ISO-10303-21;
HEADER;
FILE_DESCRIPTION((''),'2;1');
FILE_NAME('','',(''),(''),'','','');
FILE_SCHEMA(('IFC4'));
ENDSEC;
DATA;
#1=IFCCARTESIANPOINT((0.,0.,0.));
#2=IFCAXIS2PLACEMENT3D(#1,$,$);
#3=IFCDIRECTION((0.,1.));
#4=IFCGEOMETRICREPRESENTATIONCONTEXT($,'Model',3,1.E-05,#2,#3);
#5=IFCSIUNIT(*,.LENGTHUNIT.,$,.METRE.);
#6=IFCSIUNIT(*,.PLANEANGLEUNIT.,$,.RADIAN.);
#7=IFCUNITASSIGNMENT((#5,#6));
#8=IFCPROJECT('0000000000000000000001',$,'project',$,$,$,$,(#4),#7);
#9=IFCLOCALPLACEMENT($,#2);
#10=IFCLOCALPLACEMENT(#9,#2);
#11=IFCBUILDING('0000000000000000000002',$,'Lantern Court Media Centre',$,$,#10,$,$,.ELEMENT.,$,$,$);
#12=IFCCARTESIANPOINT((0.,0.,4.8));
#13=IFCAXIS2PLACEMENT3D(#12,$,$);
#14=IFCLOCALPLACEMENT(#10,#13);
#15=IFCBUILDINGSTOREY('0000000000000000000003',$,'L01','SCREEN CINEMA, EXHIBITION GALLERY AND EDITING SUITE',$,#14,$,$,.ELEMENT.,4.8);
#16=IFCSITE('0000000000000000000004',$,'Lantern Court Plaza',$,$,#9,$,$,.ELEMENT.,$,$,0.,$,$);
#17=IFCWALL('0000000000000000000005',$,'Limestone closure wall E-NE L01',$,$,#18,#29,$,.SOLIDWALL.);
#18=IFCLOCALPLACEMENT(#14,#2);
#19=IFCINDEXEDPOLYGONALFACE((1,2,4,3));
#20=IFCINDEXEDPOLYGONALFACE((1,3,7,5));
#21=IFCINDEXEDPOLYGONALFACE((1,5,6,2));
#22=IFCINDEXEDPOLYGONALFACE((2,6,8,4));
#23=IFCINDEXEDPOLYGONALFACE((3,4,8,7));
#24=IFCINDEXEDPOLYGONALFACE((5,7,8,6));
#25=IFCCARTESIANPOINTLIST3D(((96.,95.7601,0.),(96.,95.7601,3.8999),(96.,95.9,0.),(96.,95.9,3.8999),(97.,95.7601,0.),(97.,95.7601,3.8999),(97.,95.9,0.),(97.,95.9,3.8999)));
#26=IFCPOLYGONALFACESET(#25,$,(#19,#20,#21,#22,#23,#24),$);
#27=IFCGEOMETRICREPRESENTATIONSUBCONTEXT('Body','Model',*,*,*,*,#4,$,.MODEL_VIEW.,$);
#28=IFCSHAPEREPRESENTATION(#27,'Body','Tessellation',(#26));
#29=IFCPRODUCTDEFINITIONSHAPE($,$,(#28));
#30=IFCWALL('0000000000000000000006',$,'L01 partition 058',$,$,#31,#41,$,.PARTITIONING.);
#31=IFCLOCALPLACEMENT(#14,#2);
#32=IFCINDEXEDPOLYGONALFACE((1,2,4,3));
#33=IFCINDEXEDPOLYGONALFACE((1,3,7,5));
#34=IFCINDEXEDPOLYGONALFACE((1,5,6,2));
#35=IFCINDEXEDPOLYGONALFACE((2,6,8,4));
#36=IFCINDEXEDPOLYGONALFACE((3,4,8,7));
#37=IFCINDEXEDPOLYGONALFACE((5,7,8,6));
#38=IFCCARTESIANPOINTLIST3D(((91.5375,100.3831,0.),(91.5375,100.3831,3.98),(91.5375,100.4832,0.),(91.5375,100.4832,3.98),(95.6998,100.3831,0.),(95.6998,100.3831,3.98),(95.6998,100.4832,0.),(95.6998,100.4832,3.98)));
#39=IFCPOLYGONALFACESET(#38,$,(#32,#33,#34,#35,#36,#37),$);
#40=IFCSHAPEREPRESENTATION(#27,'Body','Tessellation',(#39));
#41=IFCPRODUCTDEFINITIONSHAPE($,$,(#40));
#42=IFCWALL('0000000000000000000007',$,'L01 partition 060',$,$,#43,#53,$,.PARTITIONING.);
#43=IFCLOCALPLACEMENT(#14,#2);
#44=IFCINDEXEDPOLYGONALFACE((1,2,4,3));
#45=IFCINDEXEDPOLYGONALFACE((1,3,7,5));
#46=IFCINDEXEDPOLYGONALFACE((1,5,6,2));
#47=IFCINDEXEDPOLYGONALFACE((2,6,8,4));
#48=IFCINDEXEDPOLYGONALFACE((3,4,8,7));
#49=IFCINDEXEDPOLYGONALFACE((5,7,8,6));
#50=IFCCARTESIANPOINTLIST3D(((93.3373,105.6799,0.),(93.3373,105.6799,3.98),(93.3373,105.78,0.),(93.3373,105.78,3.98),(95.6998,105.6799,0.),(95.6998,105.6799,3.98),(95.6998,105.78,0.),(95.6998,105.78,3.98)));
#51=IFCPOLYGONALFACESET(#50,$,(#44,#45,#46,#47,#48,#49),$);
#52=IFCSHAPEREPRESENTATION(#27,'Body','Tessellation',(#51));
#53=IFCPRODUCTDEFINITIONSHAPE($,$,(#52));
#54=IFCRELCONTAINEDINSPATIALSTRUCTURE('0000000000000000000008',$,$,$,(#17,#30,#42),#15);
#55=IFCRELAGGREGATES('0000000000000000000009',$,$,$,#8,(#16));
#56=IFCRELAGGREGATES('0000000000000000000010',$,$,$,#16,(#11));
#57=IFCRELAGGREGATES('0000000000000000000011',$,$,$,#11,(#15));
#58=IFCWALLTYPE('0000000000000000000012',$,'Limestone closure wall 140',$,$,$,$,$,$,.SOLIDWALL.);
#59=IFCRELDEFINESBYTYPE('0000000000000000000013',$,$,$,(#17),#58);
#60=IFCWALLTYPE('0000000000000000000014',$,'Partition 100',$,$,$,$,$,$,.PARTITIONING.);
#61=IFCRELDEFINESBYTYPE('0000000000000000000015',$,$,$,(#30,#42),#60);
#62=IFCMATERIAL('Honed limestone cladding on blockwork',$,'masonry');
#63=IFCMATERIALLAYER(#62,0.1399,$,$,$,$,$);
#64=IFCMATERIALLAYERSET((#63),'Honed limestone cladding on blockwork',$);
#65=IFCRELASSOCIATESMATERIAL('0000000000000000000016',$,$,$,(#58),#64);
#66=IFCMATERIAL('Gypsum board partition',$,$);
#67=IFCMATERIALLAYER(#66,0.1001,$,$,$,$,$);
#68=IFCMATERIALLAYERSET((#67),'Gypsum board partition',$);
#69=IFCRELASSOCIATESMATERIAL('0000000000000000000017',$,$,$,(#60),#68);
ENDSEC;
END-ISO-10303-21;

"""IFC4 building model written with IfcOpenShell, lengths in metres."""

from ifc_helpers import new_model, si_unit, direction, frame, frame_2d, origin, place, context, subcontext, project, spatial, rectangle, extrude, material, layer, layer_set, type_object, element, save


model = new_model("IFC4")

# Units and contexts
model_context = context("Model", 3, precision=1e-05, world=origin(), true_north=direction((0.0, 1.0)))
body_context = subcontext(model_context, "Body", "Model", "MODEL_VIEW")
ifc_project = project(units=[si_unit("LENGTHUNIT", "METRE"), si_unit("PLANEANGLEUNIT", "RADIAN")], contexts=[model_context])

# Site, building, storey
site_placement = place(None, origin())
site = spatial("IfcSite", under=ifc_project, at=site_placement, Name="Lantern Court Plaza", CompositionType="ELEMENT", RefElevation=0.0)
building_placement = place(site_placement, origin())
building = spatial("IfcBuilding", under=site, at=building_placement, Name="Lantern Court Media Centre", CompositionType="ELEMENT")
storey_placement = place(building_placement, frame((0.0, 0.0, 4.8)))
storey = spatial("IfcBuildingStorey", under=building, at=storey_placement, Name="L01", Description="SCREEN CINEMA, EXHIBITION GALLERY AND EDITING SUITE", CompositionType="ELEMENT", Elevation=4.8)

# Shared definitions
ifc_material_1 = material(Name="Gypsum board partition")

# Shared definitions
ifc_material_2 = material(Name="Honed limestone cladding on blockwork", Category="masonry")

# Walls
ifc_layer_1 = layer(ifc_material_2, 0.1399)
ifc_layer_set_1 = layer_set([ifc_layer_1], Name="Honed limestone cladding on blockwork")
wall_type_1 = type_object("IfcWallType", Name="Limestone closure wall 140", PredefinedType="SOLIDWALL", material=ifc_layer_set_1)
wall_1_placement = place(storey_placement, frame((96.0, 95.8301, 0.0), z_axis=(0.0, 0.0, 1.0), x_axis=(1.0, 0.0, 0.0)))
element("IfcWall", 1, at=wall_1_placement, inside=storey, type_object=wall_type_1, Name="Limestone closure wall E-NE L01", PredefinedType="SOLIDWALL", context=body_context, shape_type="SweptSolid", body=[
    extrude(rectangle(XDim=1.0, YDim=0.1399, at=frame_2d((0.5, 0.0))), origin(), (0.0, 0.0, 1.0), 3.8999),
])
ifc_layer_2 = layer(ifc_material_1, 0.1001)
ifc_layer_set_2 = layer_set([ifc_layer_2], Name="Gypsum board partition")
wall_type_2 = type_object("IfcWallType", Name="Partition 100", PredefinedType="PARTITIONING", material=ifc_layer_set_2)
wall_2_placement = place(storey_placement, frame((91.5376, 100.4331, 0.0), z_axis=(0.0, 0.0, 1.0), x_axis=(1.0, 0.0, 0.0)))
element("IfcWall", 2, at=wall_2_placement, inside=storey, type_object=wall_type_2, Name="L01 partition 058", PredefinedType="PARTITIONING", context=body_context, shape_type="SweptSolid", body=[
    extrude(rectangle(XDim=4.1624, YDim=0.1001, at=frame_2d((2.0811, 0.0))), origin(), (0.0, 0.0, 1.0), 3.98),
])
wall_3_placement = place(storey_placement, frame((93.3374, 105.73, 0.0), z_axis=(0.0, 0.0, 1.0), x_axis=(1.0, 0.0, 0.0)))
element("IfcWall", 3, at=wall_3_placement, inside=storey, type_object=wall_type_2, Name="L01 partition 060", PredefinedType="PARTITIONING", context=body_context, shape_type="SweptSolid", body=[
    extrude(rectangle(XDim=2.3625, YDim=0.1001, at=frame_2d((1.1812, 0.0))), origin(), (0.0, 0.0, 1.0), 3.98),
])

save(model, "model.ifc")
